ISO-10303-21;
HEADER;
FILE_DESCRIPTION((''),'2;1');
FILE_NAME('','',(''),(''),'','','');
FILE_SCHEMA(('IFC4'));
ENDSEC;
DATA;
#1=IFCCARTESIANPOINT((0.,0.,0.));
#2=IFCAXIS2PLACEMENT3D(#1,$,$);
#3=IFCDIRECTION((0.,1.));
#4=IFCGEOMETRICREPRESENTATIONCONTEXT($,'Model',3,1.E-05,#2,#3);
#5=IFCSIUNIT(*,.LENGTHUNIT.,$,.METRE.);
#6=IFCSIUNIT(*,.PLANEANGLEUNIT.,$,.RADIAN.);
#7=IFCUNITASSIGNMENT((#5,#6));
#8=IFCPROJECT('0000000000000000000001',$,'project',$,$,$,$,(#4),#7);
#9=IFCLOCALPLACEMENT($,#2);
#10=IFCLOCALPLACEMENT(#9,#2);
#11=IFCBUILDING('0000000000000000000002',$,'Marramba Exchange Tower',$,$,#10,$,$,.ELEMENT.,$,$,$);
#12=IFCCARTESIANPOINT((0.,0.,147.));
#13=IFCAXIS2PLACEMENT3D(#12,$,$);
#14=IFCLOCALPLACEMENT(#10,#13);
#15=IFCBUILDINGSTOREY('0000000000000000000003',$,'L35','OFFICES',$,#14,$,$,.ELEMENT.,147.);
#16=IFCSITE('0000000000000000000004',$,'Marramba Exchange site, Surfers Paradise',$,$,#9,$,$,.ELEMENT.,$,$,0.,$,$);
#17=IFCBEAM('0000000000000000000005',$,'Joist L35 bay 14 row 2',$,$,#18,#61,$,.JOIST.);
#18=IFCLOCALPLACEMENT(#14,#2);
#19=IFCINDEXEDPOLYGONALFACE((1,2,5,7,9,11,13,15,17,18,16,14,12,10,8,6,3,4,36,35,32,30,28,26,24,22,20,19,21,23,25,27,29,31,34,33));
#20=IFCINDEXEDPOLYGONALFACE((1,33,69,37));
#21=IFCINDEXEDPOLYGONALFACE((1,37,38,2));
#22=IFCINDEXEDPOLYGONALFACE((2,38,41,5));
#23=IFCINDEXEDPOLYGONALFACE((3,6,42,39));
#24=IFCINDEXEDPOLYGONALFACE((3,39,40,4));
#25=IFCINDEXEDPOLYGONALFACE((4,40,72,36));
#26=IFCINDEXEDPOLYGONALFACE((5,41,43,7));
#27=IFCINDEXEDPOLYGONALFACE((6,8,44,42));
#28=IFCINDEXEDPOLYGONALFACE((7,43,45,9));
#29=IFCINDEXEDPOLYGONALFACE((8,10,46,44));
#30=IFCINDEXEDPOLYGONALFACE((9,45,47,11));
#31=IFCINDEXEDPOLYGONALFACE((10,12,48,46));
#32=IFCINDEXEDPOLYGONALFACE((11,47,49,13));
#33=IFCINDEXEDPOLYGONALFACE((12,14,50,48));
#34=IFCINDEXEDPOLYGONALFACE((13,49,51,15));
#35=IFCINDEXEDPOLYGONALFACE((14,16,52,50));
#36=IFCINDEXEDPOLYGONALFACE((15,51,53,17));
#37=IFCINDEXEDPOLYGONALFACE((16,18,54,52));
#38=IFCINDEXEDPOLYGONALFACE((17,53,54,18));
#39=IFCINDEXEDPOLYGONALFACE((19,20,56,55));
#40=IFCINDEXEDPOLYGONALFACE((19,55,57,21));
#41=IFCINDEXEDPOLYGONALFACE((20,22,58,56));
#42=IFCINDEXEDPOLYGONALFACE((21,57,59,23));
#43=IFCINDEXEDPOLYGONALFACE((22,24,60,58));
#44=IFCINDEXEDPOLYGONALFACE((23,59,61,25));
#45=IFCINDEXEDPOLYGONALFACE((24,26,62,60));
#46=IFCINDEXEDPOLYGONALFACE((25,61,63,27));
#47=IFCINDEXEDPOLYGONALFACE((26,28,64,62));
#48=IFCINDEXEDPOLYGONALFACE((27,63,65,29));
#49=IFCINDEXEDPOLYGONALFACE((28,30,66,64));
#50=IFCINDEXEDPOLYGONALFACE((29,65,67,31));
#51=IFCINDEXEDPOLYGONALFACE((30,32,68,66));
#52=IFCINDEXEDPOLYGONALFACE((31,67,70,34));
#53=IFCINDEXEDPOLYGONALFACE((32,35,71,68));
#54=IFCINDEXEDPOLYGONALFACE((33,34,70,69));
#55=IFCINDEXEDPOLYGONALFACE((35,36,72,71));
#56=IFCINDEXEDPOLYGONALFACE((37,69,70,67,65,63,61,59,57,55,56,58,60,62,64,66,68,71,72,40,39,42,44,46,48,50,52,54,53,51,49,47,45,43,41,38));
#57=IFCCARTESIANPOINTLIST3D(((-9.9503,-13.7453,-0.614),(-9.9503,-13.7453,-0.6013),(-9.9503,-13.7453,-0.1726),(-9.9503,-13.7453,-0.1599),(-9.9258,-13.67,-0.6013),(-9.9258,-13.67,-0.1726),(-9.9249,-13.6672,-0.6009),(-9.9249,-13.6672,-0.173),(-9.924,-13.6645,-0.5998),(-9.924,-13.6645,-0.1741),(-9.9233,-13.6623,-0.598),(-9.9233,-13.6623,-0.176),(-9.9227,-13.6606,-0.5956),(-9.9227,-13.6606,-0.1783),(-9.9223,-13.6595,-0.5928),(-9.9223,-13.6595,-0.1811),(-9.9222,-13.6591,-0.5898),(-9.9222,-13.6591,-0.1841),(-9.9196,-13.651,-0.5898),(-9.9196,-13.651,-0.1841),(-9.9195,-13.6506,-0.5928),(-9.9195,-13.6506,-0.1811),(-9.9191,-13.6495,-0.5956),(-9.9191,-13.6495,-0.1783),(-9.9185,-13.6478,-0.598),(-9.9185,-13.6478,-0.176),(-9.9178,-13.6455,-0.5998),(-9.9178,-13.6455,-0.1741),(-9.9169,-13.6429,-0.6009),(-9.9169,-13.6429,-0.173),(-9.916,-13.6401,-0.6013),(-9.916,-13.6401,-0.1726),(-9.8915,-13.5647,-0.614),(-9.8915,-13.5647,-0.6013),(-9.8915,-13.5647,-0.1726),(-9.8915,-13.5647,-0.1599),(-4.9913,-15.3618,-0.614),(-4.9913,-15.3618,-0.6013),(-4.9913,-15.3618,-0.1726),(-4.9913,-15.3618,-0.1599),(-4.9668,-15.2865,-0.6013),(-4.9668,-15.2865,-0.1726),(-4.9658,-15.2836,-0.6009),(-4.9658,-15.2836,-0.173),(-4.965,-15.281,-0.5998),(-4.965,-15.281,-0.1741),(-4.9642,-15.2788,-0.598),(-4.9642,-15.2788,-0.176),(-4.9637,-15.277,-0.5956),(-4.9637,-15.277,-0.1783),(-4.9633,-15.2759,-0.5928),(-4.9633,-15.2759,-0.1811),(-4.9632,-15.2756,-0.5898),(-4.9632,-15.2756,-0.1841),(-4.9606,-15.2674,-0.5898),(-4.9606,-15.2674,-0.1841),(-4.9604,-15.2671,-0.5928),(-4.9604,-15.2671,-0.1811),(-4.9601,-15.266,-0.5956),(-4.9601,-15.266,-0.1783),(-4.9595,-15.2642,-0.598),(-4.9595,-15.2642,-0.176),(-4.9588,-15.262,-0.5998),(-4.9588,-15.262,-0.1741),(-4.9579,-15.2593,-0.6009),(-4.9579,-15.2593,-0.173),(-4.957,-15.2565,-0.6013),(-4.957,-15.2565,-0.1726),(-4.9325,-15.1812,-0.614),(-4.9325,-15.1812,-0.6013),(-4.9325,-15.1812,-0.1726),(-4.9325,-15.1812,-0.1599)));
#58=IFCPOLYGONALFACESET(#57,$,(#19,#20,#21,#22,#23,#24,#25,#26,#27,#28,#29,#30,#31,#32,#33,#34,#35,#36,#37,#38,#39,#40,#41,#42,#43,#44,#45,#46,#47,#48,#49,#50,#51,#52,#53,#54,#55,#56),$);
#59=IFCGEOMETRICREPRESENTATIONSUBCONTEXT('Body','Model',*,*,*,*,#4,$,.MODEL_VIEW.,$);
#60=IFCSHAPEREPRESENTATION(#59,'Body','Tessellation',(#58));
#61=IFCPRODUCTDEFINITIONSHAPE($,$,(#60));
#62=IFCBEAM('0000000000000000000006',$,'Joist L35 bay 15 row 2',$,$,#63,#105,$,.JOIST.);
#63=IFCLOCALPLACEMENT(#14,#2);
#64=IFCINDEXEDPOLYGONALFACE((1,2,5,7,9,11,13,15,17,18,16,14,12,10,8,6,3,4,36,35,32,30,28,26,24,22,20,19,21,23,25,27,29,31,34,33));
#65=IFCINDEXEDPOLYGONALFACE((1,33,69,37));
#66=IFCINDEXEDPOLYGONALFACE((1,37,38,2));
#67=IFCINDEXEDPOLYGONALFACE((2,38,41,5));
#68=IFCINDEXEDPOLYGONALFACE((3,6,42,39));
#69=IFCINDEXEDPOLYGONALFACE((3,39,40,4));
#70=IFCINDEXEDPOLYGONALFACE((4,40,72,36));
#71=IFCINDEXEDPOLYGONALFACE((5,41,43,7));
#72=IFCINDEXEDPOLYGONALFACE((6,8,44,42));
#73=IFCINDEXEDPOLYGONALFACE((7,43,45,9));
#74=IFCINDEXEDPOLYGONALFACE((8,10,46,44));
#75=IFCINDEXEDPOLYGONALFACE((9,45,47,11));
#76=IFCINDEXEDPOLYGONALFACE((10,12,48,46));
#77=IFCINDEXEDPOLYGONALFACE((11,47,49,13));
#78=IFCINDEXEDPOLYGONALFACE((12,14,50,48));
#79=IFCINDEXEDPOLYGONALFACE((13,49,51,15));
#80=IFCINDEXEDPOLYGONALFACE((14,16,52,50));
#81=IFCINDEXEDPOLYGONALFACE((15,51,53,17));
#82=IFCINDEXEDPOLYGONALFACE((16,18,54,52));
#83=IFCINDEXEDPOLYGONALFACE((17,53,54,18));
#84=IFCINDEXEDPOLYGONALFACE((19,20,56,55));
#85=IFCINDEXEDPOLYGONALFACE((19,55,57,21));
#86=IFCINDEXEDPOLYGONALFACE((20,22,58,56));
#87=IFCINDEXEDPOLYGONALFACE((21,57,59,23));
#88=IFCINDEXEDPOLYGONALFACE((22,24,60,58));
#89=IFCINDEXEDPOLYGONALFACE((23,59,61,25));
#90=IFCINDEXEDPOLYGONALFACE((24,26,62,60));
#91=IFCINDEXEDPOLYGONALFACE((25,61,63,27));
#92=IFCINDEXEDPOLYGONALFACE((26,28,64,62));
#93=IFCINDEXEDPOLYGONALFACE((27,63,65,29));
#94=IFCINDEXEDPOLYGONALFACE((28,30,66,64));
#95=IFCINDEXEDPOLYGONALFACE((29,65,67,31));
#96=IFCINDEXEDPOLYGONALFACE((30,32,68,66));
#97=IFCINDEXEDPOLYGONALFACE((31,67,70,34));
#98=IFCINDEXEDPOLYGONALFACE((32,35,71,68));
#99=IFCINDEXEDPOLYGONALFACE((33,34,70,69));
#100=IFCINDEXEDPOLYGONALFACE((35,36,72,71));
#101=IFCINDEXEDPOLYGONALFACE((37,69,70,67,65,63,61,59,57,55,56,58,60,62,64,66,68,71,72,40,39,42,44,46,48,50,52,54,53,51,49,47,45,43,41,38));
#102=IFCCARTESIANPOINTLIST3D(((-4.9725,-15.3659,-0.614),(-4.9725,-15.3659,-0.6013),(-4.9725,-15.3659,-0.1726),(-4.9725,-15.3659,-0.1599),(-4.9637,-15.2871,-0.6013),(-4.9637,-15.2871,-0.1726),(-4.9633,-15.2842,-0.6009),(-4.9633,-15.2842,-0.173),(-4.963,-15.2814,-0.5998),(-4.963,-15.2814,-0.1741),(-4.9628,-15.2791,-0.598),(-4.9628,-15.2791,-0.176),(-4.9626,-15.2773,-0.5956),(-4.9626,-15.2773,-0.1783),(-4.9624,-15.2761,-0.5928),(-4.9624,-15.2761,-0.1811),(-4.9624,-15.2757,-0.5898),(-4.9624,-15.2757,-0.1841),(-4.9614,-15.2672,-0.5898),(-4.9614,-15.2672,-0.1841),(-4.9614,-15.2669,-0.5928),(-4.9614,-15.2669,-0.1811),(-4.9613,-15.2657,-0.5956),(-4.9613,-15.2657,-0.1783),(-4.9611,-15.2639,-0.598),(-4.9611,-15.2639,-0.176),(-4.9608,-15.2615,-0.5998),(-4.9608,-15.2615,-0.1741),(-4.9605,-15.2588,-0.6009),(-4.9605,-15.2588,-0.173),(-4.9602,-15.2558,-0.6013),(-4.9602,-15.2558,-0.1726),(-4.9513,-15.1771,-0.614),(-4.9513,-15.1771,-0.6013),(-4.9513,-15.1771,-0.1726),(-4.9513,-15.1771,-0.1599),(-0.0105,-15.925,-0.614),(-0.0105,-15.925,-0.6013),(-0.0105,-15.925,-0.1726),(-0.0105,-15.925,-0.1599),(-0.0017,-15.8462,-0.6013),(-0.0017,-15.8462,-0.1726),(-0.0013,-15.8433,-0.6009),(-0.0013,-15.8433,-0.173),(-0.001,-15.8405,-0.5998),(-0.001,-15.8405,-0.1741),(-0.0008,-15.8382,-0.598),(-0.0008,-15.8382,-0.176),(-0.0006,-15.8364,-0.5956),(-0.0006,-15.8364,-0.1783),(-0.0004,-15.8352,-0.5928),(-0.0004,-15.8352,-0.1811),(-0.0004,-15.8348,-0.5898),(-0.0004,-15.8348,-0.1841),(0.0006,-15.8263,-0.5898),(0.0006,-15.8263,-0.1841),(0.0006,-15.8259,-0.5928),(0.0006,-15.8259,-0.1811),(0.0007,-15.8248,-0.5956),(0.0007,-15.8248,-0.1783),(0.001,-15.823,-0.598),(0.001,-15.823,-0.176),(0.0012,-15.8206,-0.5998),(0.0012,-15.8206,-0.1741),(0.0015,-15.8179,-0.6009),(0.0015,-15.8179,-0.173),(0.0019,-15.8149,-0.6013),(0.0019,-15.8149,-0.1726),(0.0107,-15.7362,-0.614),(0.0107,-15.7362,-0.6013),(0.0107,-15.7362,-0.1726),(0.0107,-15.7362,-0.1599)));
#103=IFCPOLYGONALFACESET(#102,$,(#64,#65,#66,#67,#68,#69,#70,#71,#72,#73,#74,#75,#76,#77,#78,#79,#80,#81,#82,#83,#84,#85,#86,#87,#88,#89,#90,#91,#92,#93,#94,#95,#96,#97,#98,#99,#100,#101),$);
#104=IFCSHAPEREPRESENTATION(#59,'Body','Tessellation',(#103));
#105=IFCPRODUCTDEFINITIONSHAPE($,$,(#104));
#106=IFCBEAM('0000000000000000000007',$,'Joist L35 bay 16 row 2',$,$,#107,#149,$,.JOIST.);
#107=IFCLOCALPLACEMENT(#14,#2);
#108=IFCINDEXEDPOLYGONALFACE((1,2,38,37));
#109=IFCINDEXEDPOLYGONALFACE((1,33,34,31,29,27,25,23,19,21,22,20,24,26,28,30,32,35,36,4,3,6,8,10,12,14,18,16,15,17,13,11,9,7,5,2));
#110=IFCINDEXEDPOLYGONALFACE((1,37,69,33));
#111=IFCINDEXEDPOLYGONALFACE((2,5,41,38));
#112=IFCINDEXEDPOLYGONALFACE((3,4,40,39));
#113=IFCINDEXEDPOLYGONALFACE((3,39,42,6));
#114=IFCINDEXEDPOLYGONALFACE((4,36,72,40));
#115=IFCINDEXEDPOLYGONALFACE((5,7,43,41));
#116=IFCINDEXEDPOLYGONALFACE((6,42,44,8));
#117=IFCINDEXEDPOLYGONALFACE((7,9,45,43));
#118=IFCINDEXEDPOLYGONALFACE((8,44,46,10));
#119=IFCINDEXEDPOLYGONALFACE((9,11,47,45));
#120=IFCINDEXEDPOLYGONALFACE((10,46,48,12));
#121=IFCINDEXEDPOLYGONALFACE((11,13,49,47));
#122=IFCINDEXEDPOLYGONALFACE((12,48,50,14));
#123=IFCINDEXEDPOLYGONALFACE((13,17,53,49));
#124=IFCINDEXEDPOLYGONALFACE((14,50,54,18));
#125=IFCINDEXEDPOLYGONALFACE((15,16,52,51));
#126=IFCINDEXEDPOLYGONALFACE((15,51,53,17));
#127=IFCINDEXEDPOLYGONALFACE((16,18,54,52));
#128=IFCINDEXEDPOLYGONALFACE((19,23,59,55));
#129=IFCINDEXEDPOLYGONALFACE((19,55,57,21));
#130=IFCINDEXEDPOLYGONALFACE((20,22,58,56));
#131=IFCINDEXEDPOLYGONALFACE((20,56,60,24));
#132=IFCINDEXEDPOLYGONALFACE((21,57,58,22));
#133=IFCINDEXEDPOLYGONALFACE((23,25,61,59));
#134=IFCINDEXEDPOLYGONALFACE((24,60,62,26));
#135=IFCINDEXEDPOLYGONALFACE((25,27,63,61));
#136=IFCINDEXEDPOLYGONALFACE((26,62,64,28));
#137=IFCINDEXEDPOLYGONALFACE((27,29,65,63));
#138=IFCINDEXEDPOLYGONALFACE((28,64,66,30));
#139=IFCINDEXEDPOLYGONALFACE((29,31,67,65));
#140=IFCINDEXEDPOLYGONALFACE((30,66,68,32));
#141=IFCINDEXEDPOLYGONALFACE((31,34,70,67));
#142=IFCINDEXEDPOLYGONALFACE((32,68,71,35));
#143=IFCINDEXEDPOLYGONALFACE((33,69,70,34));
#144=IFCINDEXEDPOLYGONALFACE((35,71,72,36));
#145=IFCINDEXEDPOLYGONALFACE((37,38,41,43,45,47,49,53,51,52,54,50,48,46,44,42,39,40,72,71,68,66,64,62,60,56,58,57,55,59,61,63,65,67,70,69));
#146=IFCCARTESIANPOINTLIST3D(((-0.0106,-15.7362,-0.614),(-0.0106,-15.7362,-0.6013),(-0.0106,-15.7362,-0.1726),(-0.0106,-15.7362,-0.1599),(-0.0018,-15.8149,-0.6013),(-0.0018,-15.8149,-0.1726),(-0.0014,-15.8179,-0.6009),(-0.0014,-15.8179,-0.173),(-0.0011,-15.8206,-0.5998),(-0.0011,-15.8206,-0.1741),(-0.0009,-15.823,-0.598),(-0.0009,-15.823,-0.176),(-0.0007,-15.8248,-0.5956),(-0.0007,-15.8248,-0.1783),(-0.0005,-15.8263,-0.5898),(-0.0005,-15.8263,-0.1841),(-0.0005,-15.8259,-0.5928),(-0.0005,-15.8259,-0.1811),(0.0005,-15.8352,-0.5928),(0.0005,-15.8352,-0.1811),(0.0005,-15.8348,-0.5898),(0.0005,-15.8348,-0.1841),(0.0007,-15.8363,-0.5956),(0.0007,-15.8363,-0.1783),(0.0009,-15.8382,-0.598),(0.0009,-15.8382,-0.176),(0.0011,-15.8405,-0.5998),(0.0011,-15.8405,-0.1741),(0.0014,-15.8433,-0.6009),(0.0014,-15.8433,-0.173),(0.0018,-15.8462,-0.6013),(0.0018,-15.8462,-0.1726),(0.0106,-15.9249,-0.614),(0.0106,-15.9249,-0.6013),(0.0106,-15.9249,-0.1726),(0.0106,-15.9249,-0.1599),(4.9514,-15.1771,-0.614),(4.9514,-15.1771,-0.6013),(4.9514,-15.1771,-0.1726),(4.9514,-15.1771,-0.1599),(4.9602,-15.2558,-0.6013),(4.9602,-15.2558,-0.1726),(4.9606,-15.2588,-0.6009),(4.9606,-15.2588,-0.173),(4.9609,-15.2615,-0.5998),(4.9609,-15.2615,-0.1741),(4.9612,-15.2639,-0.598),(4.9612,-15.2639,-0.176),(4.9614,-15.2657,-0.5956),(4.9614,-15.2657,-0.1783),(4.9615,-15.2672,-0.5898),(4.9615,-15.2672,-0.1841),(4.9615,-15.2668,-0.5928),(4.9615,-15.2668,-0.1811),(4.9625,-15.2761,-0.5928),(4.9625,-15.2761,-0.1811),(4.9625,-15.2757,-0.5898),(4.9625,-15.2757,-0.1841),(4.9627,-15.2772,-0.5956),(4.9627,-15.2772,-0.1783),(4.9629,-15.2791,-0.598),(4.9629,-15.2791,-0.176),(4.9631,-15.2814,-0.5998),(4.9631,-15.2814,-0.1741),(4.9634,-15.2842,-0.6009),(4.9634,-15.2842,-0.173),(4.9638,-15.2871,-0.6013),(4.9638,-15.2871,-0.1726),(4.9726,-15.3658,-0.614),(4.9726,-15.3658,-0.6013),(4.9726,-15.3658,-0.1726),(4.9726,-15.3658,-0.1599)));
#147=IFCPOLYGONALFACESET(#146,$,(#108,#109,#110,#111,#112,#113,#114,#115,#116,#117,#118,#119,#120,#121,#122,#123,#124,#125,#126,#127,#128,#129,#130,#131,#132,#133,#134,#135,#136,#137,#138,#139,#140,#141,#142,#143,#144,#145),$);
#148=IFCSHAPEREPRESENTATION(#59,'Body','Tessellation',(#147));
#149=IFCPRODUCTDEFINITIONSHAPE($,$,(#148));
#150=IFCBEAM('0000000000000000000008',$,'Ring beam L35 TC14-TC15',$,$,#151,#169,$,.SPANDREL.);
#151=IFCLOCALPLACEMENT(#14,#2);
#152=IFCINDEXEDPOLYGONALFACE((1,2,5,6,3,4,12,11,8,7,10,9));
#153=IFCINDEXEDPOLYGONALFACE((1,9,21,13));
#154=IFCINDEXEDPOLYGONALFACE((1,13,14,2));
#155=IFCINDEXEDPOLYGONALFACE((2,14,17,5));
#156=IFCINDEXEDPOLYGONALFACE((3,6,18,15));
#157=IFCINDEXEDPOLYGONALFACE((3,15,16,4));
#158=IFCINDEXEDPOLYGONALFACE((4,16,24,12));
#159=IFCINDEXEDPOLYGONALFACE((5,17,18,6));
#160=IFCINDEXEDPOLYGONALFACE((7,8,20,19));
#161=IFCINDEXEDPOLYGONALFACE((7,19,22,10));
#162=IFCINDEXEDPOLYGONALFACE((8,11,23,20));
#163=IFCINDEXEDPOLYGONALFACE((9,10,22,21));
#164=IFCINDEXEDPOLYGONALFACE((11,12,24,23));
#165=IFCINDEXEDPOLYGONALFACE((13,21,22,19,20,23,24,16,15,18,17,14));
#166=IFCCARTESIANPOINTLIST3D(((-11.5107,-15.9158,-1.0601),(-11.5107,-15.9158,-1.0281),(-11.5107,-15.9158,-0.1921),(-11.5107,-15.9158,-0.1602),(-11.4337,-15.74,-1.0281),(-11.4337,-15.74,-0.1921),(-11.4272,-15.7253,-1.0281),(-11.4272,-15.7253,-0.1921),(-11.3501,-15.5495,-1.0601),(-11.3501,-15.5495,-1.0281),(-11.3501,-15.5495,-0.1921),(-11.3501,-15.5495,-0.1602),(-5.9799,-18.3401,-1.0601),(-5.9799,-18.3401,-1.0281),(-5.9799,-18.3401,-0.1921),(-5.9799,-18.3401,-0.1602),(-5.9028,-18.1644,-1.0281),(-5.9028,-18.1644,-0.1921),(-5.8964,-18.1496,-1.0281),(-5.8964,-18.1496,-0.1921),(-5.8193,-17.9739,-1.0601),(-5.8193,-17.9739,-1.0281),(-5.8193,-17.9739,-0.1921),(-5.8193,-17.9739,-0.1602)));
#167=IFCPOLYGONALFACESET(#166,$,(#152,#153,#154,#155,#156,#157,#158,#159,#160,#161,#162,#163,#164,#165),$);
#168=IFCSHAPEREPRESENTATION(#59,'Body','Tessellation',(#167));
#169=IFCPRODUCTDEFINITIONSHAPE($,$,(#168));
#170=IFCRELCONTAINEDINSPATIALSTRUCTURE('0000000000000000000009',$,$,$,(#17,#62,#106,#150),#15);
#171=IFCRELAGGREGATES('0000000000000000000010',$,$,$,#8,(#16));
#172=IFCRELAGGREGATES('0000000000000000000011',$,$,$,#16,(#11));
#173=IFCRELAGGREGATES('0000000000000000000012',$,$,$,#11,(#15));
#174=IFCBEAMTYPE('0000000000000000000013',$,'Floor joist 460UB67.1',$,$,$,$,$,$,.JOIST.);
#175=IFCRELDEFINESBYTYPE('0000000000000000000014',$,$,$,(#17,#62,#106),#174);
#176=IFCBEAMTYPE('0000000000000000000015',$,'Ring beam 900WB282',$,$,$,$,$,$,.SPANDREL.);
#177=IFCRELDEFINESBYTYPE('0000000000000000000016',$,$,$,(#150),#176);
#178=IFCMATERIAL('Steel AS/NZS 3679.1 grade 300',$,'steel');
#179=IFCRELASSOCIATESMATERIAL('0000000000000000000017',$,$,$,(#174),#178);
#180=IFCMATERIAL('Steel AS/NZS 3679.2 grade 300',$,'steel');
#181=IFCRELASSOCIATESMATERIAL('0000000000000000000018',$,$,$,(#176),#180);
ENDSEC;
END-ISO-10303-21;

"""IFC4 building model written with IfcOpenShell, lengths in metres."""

from ifc_helpers import new_model, si_unit, direction, frame, origin, origin_2d, place, context, subcontext, project, spatial, i_section, extrude, material, material_profile, profile_set, type_object, element, save


model = new_model("IFC4")

# Units and contexts
model_context = context("Model", 3, precision=1e-05, world=origin(), true_north=direction((0.0, 1.0)))
body_context = subcontext(model_context, "Body", "Model", "MODEL_VIEW")
ifc_project = project(units=[si_unit("LENGTHUNIT", "METRE"), si_unit("PLANEANGLEUNIT", "RADIAN")], contexts=[model_context])

# Site, building, storey
site_placement = place(None, origin())
site = spatial("IfcSite", under=ifc_project, at=site_placement, Name="Marramba Exchange site, Surfers Paradise", CompositionType="ELEMENT", RefElevation=0.0)
building_placement = place(site_placement, origin())
building = spatial("IfcBuilding", under=site, at=building_placement, Name="Marramba Exchange Tower", CompositionType="ELEMENT")
storey_placement = place(building_placement, frame((0.0, 0.0, 147.0)))
storey = spatial("IfcBuildingStorey", under=building, at=storey_placement, Name="L35", Description="OFFICES", CompositionType="ELEMENT", Elevation=147.0)

# Beams
ifc_material_1 = material(Name="Steel AS/NZS 3679.2 grade 300", Category="steel")
ifc_material_2 = material(Name="Steel AS/NZS 3679.1 grade 300", Category="steel")
ifc_material_profile_1 = material_profile(ifc_material_2, i_section(OverallWidth=0.1899, OverallDepth=0.4541, WebThickness=0.0085, FlangeThickness=0.0127, FilletRadius=0.0115, at=origin_2d()), Name="460UB67.1")
ifc_profile_set_1 = profile_set([ifc_material_profile_1], Name="Steel AS/NZS 3679.1 grade 300")
beam_type_1 = type_object("IfcBeamType", Name="Floor joist 460UB67.1", PredefinedType="JOIST", material=ifc_profile_set_1)
beam_1_placement = place(storey_placement, frame((-9.9209, -13.655, -0.387), z_axis=(0.950764, -0.309916, 0.0), x_axis=(0.309916, 0.950764, 0.0)))
element("IfcBeam", 1, at=beam_1_placement, inside=storey, type_object=beam_type_1, Name="Joist L35 bay 14 row 2", PredefinedType="JOIST", context=body_context, shape_type="SweptSolid", body=[
    extrude(i_section(OverallWidth=0.1899, OverallDepth=0.4541, WebThickness=0.0085, FlangeThickness=0.0127, FilletRadius=0.0115, at=origin_2d()), origin(), (0.0, 0.0, 1.0), 5.2158),
])
for number, where, z_axis, x_axis, name in (
    (2, (-4.9619, -15.2715, -0.387), (0.993712, -0.111966, 0.0), (0.111966, 0.993712, 0.0), "Joist L35 bay 15 row 2"),
    (3, (0.0, -15.8306, -0.387), (0.993712, 0.111966, 0.0), (-0.111966, 0.993712, 0.0), "Joist L35 bay 16 row 2"),
):
    element("IfcBeam", number, at=place(storey_placement, frame(where, z_axis=z_axis, x_axis=x_axis)), inside=storey, type_object=beam_type_1, Name=name, PredefinedType="JOIST", context=body_context, shape_type="SweptSolid", body=[
        extrude(i_section(OverallWidth=0.1899, OverallDepth=0.4541, WebThickness=0.0085, FlangeThickness=0.0127, FilletRadius=0.0115, at=origin_2d()), origin(), (0.0, 0.0, 1.0), 4.9934),
    ])
ifc_material_profile_2 = material_profile(ifc_material_1, i_section(OverallWidth=0.3999, OverallDepth=0.8999, WebThickness=0.0161, FlangeThickness=0.032, at=origin_2d()), Name="900WB282")
ifc_profile_set_2 = profile_set([ifc_material_profile_2], Name="Steel AS/NZS 3679.2 grade 300")
beam_type_2 = type_object("IfcBeamType", Name="Ring beam 900WB282", PredefinedType="SPANDREL", material=ifc_profile_set_2)
beam_2_placement = place(storey_placement, frame((-11.4304, -15.7327, -0.6101), z_axis=(0.915877, -0.401459, 0.0), x_axis=(0.401459, 0.915877, 0.0)))
element("IfcBeam", 4, at=beam_2_placement, inside=storey, type_object=beam_type_2, Name="Ring beam L35 TC14-TC15", PredefinedType="SPANDREL", context=body_context, shape_type="SweptSolid", body=[
    extrude(i_section(OverallWidth=0.3999, OverallDepth=0.8999, WebThickness=0.0161, FlangeThickness=0.032, at=origin_2d()), origin(), (0.0, 0.0, 1.0), 6.0388),
])

save(model, "model.ifc")
